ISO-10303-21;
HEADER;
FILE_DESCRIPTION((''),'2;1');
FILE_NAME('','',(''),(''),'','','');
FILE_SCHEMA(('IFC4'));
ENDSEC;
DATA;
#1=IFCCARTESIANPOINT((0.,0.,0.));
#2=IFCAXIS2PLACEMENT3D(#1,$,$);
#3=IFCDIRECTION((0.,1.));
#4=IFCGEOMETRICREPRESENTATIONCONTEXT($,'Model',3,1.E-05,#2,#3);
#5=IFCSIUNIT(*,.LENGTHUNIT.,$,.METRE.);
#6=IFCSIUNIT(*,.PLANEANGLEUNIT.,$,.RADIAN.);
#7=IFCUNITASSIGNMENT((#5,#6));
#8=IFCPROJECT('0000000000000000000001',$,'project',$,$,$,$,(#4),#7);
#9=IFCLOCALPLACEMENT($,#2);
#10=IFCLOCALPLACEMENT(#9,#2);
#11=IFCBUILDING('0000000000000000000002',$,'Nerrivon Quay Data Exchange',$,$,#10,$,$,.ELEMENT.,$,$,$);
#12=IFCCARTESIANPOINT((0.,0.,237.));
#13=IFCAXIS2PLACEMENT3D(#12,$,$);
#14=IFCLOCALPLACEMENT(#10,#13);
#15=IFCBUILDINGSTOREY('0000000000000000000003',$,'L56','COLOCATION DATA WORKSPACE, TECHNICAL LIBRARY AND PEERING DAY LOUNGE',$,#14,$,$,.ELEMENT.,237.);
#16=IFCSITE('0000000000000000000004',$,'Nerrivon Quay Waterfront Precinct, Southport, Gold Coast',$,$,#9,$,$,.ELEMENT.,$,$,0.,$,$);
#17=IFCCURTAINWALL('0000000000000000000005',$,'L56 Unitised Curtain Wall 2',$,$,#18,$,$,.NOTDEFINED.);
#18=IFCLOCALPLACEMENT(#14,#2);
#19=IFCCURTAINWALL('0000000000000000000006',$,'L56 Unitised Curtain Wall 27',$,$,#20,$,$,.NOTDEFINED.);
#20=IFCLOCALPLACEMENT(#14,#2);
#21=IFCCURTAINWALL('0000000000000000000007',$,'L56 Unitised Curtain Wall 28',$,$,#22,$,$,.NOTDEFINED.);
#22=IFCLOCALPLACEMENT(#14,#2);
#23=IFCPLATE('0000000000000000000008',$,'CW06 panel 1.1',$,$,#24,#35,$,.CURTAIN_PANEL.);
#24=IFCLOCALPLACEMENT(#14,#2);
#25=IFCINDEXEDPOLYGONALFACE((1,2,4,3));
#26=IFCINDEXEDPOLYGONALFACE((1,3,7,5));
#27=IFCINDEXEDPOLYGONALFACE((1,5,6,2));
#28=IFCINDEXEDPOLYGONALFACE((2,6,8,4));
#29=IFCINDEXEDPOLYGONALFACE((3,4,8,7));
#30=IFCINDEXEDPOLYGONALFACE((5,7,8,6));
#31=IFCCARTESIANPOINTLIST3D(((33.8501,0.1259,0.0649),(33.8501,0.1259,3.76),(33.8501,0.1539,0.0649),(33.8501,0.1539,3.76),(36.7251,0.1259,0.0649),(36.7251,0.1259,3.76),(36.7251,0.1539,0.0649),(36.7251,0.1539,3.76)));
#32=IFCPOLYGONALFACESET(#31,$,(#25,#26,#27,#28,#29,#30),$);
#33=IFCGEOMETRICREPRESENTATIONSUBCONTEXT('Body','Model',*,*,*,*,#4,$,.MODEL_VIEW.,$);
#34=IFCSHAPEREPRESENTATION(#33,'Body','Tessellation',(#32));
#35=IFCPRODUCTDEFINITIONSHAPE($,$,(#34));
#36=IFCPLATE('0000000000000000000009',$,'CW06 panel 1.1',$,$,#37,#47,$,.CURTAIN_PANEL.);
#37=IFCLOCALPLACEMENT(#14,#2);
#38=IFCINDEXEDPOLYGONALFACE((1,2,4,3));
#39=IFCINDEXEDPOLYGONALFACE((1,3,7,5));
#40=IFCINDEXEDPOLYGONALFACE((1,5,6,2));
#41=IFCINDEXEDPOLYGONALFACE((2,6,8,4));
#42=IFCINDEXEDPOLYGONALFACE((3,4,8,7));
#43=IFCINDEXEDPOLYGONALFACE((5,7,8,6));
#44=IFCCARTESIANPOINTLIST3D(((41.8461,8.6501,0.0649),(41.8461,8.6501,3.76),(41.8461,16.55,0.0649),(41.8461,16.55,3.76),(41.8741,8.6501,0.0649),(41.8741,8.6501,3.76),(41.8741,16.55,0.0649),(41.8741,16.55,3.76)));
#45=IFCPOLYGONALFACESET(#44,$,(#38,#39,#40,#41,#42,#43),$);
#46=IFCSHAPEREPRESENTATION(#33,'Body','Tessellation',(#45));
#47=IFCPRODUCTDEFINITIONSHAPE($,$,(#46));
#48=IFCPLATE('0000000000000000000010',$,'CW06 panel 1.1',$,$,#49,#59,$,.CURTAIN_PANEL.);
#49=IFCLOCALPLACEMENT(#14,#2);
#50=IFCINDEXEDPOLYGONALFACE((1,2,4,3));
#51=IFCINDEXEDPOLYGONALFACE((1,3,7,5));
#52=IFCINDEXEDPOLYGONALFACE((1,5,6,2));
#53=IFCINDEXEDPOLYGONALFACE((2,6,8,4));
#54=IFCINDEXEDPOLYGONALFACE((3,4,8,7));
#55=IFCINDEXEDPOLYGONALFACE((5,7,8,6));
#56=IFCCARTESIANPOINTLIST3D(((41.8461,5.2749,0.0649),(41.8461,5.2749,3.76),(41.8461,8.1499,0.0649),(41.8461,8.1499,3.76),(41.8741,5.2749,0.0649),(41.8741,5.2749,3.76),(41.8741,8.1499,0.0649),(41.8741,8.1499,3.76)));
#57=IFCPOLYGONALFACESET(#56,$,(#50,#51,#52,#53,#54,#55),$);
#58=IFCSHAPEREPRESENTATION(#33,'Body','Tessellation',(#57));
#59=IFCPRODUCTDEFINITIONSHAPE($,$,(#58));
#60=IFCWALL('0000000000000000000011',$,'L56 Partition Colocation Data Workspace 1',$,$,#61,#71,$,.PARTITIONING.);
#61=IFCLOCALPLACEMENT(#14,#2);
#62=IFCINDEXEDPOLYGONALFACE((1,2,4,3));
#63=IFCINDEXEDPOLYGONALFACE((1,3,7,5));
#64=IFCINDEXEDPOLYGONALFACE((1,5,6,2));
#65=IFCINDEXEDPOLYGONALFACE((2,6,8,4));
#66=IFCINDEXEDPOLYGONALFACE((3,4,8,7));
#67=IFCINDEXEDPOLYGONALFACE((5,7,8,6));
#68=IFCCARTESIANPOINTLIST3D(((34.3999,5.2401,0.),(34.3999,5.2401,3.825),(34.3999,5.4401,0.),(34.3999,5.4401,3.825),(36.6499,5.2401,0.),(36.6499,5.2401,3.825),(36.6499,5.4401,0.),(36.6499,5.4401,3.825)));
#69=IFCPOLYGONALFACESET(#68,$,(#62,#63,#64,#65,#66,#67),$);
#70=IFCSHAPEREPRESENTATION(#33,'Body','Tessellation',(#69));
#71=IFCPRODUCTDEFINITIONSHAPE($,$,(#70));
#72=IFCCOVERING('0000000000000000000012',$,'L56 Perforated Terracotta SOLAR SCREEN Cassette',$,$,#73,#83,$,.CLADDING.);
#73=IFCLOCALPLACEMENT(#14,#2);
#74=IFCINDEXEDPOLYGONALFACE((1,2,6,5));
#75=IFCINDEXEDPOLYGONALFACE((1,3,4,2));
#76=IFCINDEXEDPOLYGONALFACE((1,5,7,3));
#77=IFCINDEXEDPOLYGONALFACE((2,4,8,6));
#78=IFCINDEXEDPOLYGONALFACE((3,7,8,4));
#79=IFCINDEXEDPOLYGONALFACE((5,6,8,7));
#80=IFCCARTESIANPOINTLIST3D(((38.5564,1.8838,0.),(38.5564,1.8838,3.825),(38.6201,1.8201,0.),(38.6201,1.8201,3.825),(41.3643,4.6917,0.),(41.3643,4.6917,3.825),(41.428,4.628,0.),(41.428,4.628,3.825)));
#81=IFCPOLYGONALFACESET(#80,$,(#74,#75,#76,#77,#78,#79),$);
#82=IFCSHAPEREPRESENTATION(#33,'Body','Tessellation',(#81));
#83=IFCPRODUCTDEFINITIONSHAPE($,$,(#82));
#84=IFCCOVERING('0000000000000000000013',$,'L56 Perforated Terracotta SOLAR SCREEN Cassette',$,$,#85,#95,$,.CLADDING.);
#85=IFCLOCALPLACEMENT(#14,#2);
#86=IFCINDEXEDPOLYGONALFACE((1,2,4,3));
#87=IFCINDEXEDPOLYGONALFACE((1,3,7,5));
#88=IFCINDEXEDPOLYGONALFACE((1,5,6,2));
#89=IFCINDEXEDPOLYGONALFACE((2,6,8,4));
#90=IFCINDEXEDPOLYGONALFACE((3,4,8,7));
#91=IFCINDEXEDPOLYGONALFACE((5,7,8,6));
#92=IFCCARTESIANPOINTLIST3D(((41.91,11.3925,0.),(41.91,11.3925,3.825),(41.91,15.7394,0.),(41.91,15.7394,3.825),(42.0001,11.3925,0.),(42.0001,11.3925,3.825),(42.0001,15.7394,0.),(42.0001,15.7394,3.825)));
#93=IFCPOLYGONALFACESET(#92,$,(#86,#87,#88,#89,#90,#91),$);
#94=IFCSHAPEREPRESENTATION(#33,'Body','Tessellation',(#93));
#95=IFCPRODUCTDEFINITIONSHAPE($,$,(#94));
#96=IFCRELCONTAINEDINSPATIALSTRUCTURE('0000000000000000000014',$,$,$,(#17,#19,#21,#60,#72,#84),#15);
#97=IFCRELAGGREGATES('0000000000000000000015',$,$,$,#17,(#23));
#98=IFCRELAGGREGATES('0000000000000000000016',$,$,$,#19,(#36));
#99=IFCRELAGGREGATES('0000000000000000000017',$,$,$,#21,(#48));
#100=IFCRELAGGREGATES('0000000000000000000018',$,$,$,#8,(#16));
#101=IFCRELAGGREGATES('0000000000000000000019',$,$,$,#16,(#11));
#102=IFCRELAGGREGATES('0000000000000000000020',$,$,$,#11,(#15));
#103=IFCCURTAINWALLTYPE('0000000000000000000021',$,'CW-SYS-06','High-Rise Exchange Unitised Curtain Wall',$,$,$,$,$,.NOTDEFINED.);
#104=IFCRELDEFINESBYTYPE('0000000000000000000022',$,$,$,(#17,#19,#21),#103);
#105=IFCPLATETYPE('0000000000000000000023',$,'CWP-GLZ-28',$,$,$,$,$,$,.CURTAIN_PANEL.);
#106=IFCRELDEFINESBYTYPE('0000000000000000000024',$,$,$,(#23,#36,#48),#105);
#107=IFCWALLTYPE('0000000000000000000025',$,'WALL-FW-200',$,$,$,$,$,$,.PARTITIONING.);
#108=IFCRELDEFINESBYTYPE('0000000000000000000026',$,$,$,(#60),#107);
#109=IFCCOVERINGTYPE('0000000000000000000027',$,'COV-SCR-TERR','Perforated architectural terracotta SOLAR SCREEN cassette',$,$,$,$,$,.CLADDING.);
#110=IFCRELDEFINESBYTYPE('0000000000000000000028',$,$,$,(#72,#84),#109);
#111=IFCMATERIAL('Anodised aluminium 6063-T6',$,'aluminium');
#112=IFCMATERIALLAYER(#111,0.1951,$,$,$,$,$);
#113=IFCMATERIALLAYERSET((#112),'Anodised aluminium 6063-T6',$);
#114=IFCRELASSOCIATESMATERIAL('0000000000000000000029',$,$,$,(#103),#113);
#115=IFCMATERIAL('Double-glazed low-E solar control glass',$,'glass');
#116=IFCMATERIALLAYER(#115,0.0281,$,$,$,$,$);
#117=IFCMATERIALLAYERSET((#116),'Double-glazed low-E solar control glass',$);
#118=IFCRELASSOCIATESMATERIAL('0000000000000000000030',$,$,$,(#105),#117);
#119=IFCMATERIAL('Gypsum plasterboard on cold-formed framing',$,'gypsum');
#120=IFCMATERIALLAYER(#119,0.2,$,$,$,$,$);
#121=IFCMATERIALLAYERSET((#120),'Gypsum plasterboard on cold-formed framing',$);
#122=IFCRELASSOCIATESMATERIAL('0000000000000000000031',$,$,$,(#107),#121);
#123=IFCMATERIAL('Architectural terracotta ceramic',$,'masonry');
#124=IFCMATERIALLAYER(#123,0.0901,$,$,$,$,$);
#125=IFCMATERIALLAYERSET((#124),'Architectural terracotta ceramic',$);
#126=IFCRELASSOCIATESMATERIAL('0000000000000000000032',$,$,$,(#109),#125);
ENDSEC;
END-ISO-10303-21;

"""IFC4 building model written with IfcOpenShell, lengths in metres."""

from ifc_helpers import new_model, si_unit, direction, frame, frame_2d, origin, origin_2d, place, context, subcontext, project, spatial, rectangle, extrude, material, layer, layer_set, type_object, element, aggregate, save


model = new_model("IFC4")

# Units and contexts
model_context = context("Model", 3, precision=1e-05, world=origin(), true_north=direction((0.0, 1.0)))
body_context = subcontext(model_context, "Body", "Model", "MODEL_VIEW")
ifc_project = project(units=[si_unit("LENGTHUNIT", "METRE"), si_unit("PLANEANGLEUNIT", "RADIAN")], contexts=[model_context])

# Site, building, storey
site_placement = place(None, origin())
site = spatial("IfcSite", under=ifc_project, at=site_placement, Name="Nerrivon Quay Waterfront Precinct, Southport, Gold Coast", CompositionType="ELEMENT", RefElevation=0.0)
building_placement = place(site_placement, origin())
building = spatial("IfcBuilding", under=site, at=building_placement, Name="Nerrivon Quay Data Exchange", CompositionType="ELEMENT")
storey_placement = place(building_placement, frame((0.0, 0.0, 237.0)))
storey = spatial("IfcBuildingStorey", under=building, at=storey_placement, Name="L56", Description="COLOCATION DATA WORKSPACE, TECHNICAL LIBRARY AND PEERING DAY LOUNGE", CompositionType="ELEMENT", Elevation=237.0)

# Shared definitions
ifc_material_1 = material(Name="Anodised aluminium 6063-T6", Category="aluminium")
ifc_layer_1 = layer(ifc_material_1, 0.1951)
ifc_layer_set_1 = layer_set([ifc_layer_1], Name="Anodised aluminium 6063-T6")
curtain_wall_type = type_object("IfcCurtainWallType", Name="CW-SYS-06", Description="High-Rise Exchange Unitised Curtain Wall", PredefinedType="NOTDEFINED", material=ifc_layer_set_1)

# Curtain walls
curtain_wall_1_placement = place(storey_placement, origin())
curtain_wall_1 = element("IfcCurtainWall", 1, at=curtain_wall_1_placement, inside=storey, type_object=curtain_wall_type, Name="L56 Unitised Curtain Wall 2", PredefinedType="NOTDEFINED")
curtain_wall_2_placement = place(storey_placement, origin())
curtain_wall_2 = element("IfcCurtainWall", 2, at=curtain_wall_2_placement, inside=storey, type_object=curtain_wall_type, Name="L56 Unitised Curtain Wall 27", PredefinedType="NOTDEFINED")

# Curtain wall
curtain_wall_3_placement = place(storey_placement, origin())
curtain_wall_3 = element("IfcCurtainWall", 3, at=curtain_wall_3_placement, inside=storey, type_object=curtain_wall_type, Name="L56 Unitised Curtain Wall 28", PredefinedType="NOTDEFINED")

# Plates
ifc_material_2 = material(Name="Double-glazed low-E solar control glass", Category="glass")
ifc_layer_2 = layer(ifc_material_2, 0.0281)
ifc_layer_set_2 = layer_set([ifc_layer_2], Name="Double-glazed low-E solar control glass")
plate_type = type_object("IfcPlateType", Name="CWP-GLZ-28", PredefinedType="CURTAIN_PANEL", material=ifc_layer_set_2)
plate_1_placement = place(storey_placement, frame((35.2876, 0.1399, 0.0649), z_axis=(0.0, 0.0, 1.0), x_axis=(-1.0, 0.0, 0.0)))
plate_1 = element("IfcPlate", 4, at=plate_1_placement, type_object=plate_type, Name="CW06 panel 1.1", PredefinedType="CURTAIN_PANEL", context=body_context, shape_type="SweptSolid", body=[
    extrude(rectangle(XDim=2.875, YDim=0.0281, at=origin_2d()), origin(), (0.0, 0.0, 1.0), 3.6951),
])
aggregate(curtain_wall_1, [plate_1])
plate_2_placement = place(storey_placement, frame((41.8601, 12.6001, 0.0649), z_axis=(0.0, 0.0, 1.0), x_axis=(0.0, -1.0, 0.0)))
plate_2 = element("IfcPlate", 5, at=plate_2_placement, type_object=plate_type, Name="CW06 panel 1.1", PredefinedType="CURTAIN_PANEL", context=body_context, shape_type="SweptSolid", body=[
    extrude(rectangle(XDim=7.8999, YDim=0.0281, at=origin_2d()), origin(), (0.0, 0.0, 1.0), 3.6951),
])
aggregate(curtain_wall_2, [plate_2])
plate_3_placement = place(storey_placement, frame((41.8601, 6.7124, 0.0649), z_axis=(0.0, 0.0, 1.0), x_axis=(0.0, -1.0, 0.0)))
plate_3 = element("IfcPlate", 6, at=plate_3_placement, type_object=plate_type, Name="CW06 panel 1.1", PredefinedType="CURTAIN_PANEL", context=body_context, shape_type="SweptSolid", body=[
    extrude(rectangle(XDim=2.875, YDim=0.0281, at=origin_2d()), origin(), (0.0, 0.0, 1.0), 3.6951),
])
aggregate(curtain_wall_3, [plate_3])

# Wall
ifc_material_3 = material(Name="Gypsum plasterboard on cold-formed framing", Category="gypsum")
ifc_layer_3 = layer(ifc_material_3, 0.2)
ifc_layer_set_3 = layer_set([ifc_layer_3], Name="Gypsum plasterboard on cold-formed framing")
wall_type = type_object("IfcWallType", Name="WALL-FW-200", PredefinedType="PARTITIONING", material=ifc_layer_set_3)
wall_placement = place(storey_placement, frame((36.6499, 5.3401, 0.0), z_axis=(0.0, 0.0, 1.0), x_axis=(-1.0, 0.0, 0.0)))
element("IfcWall", 7, at=wall_placement, inside=storey, type_object=wall_type, Name="L56 Partition Colocation Data Workspace 1", PredefinedType="PARTITIONING", context=body_context, shape_type="SweptSolid", body=[
    extrude(rectangle(XDim=2.25, YDim=0.2, at=frame_2d((1.125, 0.0))), origin(), (0.0, 0.0, 1.0), 3.825),
])

# Coverings
ifc_material_4 = material(Name="Architectural terracotta ceramic", Category="masonry")
ifc_layer_4 = layer(ifc_material_4, 0.0901)
ifc_layer_set_4 = layer_set([ifc_layer_4], Name="Architectural terracotta ceramic")
covering_type = type_object("IfcCoveringType", Name="COV-SCR-TERR", Description="Perforated architectural terracotta SOLAR SCREEN cassette", PredefinedType="CLADDING", material=ifc_layer_set_4)
covering_1_placement = place(storey_placement, frame((39.9922, 3.2559, 0.0), z_axis=(0.0, 0.0, 1.0), x_axis=(-0.707107, -0.707107, 0.0)))
element("IfcCovering", 8, at=covering_1_placement, inside=storey, type_object=covering_type, Name="L56 Perforated Terracotta SOLAR SCREEN Cassette", PredefinedType="CLADDING", context=body_context, shape_type="SweptSolid", body=[
    extrude(rectangle(XDim=3.9709, YDim=0.0901, at=origin_2d()), origin(), (0.0, 0.0, 1.0), 3.825),
])
covering_2_placement = place(storey_placement, frame((41.9551, 13.5659, 0.0), z_axis=(0.0, 0.0, 1.0), x_axis=(0.0, -1.0, 0.0)))
element("IfcCovering", 9, at=covering_2_placement, inside=storey, type_object=covering_type, Name="L56 Perforated Terracotta SOLAR SCREEN Cassette", PredefinedType="CLADDING", context=body_context, shape_type="SweptSolid", body=[
    extrude(rectangle(XDim=4.3469, YDim=0.0901, at=origin_2d()), origin(), (0.0, 0.0, 1.0), 3.825),
])

save(model, "model.ifc")
